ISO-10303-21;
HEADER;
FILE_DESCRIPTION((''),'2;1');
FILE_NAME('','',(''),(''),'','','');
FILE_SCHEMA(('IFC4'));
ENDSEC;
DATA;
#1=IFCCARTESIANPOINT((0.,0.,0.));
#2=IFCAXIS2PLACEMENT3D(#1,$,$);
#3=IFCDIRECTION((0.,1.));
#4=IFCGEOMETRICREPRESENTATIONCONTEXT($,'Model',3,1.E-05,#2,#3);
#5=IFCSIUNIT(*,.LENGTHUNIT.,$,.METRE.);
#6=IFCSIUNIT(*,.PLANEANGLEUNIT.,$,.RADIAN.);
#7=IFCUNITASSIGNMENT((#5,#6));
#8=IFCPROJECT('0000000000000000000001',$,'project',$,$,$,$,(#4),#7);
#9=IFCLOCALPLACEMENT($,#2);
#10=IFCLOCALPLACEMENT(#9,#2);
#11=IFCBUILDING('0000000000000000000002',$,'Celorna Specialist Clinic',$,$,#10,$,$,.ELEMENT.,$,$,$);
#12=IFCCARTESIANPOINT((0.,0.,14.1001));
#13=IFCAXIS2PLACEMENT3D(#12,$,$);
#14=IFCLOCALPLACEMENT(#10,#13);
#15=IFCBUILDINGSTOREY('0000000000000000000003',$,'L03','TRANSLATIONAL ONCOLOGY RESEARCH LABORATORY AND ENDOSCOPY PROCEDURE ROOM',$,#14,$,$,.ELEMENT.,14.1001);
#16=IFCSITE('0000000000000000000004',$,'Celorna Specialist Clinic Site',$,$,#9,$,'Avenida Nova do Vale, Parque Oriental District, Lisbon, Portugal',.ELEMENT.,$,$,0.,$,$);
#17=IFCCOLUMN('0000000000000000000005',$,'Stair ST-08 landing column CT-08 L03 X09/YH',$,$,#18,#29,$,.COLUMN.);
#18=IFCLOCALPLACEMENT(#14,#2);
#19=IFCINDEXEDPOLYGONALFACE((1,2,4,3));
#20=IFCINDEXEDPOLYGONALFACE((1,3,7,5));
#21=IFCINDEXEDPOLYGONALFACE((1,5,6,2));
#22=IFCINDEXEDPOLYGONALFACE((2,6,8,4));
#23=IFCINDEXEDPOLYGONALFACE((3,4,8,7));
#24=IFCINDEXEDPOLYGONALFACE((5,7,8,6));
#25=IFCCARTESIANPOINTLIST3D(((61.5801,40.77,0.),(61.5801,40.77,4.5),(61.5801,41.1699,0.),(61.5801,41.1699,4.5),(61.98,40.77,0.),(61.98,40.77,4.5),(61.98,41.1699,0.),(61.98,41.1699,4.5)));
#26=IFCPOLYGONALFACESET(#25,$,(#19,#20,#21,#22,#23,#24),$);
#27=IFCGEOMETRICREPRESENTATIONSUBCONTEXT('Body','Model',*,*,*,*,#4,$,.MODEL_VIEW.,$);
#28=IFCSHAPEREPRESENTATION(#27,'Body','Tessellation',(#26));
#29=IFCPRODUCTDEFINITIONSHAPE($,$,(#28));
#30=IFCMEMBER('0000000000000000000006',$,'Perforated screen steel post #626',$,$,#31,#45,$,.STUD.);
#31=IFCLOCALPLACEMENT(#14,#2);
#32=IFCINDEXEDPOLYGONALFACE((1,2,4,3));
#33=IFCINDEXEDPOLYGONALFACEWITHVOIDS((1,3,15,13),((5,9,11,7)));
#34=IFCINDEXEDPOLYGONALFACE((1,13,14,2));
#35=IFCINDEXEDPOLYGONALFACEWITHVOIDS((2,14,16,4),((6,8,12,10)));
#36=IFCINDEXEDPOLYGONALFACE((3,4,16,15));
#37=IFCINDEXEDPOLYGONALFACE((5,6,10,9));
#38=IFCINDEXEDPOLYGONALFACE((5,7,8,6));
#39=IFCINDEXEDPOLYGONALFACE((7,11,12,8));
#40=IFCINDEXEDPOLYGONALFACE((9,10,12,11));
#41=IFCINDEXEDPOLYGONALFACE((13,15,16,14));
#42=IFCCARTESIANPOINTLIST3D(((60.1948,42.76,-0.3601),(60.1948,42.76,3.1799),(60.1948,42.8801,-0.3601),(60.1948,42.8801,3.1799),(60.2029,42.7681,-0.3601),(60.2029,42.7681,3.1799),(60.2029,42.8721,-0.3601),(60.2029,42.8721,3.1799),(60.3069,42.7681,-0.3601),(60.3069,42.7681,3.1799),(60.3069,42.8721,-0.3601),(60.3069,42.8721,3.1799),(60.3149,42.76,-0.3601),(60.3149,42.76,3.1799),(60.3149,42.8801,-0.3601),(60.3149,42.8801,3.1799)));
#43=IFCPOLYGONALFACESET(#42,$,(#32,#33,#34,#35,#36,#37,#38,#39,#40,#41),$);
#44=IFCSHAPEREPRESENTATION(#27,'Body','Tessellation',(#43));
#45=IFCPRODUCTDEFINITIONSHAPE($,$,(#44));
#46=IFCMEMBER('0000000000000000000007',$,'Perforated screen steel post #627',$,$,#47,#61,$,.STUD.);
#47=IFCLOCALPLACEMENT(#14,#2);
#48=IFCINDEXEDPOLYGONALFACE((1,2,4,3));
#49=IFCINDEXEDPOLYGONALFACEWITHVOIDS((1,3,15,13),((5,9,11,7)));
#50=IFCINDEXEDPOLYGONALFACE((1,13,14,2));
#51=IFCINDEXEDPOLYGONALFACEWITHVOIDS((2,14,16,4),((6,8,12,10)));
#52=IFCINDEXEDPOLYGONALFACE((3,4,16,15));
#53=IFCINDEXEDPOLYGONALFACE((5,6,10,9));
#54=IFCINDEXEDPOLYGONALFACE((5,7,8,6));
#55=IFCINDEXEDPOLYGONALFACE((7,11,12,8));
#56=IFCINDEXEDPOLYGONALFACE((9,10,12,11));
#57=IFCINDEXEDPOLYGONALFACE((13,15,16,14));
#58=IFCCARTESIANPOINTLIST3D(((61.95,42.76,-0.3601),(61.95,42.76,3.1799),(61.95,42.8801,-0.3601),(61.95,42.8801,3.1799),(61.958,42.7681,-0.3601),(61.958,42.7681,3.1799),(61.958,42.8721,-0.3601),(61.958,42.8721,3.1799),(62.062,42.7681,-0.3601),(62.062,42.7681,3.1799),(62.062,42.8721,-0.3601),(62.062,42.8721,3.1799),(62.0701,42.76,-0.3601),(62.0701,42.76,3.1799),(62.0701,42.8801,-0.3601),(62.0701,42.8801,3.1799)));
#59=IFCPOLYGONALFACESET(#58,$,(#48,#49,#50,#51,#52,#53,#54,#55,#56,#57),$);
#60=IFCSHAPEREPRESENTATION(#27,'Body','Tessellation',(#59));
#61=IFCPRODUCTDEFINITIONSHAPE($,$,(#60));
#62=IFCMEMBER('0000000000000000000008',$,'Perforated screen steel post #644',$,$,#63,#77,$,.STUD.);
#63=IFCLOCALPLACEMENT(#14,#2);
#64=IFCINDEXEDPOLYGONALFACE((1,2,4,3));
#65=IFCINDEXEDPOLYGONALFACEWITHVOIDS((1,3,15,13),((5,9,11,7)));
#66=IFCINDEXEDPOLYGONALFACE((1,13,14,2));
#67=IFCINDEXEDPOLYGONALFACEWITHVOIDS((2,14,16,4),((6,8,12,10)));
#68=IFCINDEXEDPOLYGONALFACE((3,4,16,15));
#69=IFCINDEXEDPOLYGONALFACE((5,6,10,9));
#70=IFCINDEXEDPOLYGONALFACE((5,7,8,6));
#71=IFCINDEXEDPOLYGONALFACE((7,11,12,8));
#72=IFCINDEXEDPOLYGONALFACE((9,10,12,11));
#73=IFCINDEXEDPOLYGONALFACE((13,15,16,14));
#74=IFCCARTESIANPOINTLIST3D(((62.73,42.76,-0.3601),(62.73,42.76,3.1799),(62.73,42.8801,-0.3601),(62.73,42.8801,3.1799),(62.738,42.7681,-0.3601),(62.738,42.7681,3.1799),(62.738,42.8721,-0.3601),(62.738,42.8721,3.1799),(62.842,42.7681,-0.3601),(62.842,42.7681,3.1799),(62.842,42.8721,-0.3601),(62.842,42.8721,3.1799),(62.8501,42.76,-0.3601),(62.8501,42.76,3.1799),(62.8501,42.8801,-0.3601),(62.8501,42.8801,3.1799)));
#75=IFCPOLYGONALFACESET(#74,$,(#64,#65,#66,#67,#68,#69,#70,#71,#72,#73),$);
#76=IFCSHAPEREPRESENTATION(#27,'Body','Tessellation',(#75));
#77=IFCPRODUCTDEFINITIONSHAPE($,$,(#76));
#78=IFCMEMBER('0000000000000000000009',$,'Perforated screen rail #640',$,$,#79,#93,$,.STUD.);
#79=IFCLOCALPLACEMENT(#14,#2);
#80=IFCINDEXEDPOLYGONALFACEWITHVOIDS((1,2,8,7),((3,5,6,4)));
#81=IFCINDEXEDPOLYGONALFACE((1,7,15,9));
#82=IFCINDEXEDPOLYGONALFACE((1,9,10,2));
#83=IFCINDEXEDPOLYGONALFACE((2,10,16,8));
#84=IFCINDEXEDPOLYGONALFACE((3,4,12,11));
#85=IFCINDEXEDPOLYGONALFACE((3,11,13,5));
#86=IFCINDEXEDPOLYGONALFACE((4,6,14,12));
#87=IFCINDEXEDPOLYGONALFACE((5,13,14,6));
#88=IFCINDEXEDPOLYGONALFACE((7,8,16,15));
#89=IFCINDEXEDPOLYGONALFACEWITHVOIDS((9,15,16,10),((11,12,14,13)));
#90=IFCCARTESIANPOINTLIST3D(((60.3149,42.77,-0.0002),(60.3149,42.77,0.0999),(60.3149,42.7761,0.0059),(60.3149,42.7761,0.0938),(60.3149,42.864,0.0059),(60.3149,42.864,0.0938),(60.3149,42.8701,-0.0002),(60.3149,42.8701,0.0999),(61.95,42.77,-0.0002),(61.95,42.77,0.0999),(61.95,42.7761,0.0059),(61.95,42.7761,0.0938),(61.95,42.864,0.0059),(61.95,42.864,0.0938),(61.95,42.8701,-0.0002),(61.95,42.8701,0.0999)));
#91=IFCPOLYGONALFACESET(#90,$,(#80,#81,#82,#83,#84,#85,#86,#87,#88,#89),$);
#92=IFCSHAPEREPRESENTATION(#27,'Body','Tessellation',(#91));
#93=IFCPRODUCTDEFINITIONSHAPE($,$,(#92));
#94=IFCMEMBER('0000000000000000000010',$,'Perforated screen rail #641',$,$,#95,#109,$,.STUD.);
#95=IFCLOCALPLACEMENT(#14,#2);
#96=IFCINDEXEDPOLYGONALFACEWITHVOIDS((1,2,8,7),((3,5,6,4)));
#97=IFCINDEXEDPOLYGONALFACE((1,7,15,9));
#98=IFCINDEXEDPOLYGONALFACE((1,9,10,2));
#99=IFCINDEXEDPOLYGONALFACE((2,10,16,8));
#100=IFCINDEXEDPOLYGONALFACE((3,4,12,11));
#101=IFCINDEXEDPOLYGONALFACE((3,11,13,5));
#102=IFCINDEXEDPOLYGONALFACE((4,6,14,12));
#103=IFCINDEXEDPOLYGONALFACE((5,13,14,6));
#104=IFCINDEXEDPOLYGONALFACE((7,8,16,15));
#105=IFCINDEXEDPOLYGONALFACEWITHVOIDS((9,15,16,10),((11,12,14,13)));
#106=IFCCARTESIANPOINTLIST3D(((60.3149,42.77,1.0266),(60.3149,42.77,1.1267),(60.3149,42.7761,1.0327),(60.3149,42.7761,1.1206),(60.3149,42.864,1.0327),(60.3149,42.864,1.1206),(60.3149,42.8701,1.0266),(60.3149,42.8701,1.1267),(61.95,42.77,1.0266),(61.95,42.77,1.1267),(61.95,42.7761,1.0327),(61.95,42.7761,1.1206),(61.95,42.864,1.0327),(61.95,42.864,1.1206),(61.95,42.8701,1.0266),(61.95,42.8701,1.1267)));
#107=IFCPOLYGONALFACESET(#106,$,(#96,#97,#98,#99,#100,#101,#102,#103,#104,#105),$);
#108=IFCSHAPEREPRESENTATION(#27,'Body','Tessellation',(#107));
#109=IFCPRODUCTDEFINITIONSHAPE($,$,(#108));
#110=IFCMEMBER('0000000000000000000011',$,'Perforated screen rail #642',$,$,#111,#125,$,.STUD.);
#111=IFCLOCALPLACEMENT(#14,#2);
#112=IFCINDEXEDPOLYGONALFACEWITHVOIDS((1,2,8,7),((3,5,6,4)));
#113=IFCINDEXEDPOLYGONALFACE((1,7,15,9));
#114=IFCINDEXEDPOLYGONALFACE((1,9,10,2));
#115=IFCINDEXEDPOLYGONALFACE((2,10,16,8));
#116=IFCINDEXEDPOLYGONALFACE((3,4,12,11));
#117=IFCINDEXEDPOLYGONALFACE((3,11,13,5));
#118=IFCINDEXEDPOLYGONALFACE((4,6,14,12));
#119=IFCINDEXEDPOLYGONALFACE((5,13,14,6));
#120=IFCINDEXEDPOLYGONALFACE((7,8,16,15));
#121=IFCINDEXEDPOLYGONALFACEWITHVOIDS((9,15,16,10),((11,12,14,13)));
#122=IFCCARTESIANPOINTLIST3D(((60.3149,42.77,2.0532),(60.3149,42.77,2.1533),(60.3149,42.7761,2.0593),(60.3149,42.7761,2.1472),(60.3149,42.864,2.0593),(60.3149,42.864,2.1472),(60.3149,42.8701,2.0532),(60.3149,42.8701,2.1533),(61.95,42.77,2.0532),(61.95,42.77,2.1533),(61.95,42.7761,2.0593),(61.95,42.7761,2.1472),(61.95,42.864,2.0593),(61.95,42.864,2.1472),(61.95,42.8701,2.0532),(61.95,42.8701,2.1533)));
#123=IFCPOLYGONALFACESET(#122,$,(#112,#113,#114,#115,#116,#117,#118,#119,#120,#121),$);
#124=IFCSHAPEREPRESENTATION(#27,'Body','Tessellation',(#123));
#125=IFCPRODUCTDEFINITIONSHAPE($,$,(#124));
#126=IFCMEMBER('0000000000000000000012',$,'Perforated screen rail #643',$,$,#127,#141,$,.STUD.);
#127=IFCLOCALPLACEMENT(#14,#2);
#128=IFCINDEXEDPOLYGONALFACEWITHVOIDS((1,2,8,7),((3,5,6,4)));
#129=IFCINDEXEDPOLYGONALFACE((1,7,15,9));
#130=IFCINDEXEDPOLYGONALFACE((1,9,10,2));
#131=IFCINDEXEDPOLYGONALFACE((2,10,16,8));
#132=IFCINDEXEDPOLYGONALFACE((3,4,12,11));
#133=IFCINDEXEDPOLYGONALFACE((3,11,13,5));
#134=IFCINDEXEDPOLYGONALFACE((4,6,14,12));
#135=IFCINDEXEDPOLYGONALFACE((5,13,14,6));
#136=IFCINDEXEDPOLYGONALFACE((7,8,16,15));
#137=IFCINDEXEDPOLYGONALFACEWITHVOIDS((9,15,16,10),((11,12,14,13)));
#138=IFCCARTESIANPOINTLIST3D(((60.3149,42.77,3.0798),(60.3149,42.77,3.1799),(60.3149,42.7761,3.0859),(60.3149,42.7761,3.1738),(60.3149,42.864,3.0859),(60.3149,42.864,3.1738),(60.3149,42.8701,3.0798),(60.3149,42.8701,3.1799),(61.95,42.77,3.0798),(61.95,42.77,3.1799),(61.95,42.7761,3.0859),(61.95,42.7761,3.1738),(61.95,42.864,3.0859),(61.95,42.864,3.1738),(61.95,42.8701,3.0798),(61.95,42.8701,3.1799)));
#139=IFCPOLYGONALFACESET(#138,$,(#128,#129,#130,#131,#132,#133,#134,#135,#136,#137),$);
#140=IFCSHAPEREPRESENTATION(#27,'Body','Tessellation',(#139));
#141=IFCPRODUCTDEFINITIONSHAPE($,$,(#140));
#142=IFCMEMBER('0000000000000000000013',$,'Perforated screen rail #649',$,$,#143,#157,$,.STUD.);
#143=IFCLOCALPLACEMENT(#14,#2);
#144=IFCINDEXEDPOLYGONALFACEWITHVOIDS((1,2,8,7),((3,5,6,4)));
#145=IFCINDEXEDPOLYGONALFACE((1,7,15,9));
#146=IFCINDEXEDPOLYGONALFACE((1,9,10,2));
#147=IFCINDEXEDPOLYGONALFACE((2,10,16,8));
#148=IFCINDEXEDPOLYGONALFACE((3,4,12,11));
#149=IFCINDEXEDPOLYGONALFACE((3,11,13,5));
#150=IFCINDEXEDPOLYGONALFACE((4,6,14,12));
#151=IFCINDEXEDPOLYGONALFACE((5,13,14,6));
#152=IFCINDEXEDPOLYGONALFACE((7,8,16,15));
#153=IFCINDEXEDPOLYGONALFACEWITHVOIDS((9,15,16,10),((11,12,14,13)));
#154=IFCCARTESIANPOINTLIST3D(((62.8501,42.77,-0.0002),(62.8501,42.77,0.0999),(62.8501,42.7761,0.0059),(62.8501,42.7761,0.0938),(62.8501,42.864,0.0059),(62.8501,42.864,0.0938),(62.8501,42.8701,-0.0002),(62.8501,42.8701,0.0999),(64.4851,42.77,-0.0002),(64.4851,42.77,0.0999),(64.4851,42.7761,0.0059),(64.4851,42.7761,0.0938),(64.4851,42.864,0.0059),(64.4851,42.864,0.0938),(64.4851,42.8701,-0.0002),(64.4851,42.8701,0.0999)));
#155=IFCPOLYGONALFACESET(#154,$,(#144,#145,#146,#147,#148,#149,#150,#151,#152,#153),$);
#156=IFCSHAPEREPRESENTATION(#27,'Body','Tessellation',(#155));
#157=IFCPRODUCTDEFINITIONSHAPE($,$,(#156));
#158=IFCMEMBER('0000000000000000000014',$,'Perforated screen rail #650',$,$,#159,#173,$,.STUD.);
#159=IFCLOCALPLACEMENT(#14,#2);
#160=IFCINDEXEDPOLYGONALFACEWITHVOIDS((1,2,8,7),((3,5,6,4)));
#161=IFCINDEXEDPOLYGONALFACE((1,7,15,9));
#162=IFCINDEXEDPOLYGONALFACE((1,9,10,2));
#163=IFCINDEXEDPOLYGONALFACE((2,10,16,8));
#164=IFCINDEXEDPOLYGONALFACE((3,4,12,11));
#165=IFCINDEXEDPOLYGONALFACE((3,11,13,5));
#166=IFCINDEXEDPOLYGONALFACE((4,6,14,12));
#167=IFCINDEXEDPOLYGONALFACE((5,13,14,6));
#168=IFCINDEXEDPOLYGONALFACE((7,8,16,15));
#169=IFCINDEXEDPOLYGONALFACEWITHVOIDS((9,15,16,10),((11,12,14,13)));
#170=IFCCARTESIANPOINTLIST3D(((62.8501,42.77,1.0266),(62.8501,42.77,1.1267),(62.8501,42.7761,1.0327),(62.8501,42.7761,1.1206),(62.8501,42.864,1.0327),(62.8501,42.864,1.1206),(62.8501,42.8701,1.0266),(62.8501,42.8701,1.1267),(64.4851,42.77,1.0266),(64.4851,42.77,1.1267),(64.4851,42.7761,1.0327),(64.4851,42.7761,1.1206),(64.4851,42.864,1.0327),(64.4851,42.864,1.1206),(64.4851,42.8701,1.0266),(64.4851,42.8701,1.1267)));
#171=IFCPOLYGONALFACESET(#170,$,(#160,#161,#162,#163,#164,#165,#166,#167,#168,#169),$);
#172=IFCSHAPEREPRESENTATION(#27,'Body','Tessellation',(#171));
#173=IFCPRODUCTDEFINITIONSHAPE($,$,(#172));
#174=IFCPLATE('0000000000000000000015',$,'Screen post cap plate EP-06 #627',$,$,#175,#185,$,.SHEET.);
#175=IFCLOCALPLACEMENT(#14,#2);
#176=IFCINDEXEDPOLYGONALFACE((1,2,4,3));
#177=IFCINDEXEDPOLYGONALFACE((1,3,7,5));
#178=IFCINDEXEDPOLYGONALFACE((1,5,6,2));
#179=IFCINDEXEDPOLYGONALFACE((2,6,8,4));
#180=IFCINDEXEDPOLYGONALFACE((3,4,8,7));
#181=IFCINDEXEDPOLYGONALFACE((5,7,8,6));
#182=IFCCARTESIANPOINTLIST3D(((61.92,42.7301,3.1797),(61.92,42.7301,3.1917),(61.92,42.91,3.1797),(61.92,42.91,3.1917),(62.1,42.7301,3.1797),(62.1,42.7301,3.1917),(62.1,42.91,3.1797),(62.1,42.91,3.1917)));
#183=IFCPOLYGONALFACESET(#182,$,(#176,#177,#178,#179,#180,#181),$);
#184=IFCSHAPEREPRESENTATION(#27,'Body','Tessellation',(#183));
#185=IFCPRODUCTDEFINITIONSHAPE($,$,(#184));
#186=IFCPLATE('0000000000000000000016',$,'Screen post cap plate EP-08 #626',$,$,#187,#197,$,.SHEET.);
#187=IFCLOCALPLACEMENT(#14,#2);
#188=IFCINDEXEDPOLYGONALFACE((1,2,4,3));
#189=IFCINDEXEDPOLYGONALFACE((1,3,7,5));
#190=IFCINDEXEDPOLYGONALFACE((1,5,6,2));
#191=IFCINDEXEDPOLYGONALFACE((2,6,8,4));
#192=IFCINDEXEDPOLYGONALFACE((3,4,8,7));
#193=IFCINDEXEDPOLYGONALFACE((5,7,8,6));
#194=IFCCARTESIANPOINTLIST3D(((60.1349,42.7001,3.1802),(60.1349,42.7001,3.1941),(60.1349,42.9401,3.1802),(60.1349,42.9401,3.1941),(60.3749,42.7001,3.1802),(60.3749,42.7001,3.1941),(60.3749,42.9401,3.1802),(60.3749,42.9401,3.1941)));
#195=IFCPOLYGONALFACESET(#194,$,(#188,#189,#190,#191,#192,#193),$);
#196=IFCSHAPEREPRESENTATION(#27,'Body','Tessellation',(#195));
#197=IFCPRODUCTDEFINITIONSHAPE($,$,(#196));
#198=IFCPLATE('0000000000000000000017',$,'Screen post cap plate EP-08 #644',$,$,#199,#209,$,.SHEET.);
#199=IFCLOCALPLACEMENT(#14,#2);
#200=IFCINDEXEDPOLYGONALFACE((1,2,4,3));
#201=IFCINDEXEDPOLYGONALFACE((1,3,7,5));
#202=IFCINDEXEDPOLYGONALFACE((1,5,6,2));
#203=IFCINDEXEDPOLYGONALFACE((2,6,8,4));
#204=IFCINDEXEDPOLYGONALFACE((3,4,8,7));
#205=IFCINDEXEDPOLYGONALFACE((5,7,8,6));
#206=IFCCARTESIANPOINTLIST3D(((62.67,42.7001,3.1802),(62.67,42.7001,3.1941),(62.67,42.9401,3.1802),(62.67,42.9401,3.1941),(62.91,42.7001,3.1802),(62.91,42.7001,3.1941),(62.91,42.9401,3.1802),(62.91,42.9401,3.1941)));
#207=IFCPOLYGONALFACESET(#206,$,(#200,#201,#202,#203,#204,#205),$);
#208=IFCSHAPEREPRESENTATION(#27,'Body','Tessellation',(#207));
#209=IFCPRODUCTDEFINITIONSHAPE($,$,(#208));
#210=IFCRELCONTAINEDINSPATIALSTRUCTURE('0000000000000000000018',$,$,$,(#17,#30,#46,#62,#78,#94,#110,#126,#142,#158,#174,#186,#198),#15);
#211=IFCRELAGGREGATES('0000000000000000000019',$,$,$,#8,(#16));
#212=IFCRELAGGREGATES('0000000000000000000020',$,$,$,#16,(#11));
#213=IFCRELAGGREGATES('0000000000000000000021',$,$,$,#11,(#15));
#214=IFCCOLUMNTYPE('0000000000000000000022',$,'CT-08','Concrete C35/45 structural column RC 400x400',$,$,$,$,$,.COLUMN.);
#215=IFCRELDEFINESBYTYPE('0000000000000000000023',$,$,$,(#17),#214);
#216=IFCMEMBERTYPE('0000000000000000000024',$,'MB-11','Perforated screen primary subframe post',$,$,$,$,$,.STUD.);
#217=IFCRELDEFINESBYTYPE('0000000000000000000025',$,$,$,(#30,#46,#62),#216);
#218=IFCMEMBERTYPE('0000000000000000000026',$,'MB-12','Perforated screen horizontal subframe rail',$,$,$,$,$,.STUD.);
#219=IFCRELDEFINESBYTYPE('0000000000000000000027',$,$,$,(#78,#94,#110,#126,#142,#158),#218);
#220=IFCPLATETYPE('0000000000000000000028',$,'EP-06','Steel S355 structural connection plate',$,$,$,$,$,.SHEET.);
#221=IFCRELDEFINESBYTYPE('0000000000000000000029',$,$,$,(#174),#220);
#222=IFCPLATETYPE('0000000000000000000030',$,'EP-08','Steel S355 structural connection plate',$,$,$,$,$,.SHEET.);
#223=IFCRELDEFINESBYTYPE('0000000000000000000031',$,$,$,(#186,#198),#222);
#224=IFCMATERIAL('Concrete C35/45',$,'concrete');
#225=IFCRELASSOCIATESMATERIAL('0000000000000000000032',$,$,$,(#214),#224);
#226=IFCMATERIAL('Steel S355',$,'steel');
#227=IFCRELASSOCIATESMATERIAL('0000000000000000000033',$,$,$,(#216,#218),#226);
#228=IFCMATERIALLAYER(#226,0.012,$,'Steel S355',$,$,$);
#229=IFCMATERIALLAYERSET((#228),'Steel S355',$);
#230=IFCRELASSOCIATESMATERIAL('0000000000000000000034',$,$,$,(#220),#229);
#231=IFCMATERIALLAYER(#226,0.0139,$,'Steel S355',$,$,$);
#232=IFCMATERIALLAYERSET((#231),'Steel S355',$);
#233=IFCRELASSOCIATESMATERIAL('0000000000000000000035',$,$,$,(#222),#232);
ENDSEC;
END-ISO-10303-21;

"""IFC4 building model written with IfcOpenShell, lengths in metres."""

from ifc_helpers import new_model, si_unit, direction, frame, origin, origin_2d, place, context, subcontext, project, spatial, rectangle, hollow_rectangle, extrude, material, layer, layer_set, material_profile, profile_set, type_object, element, save


model = new_model("IFC4")

# Units and contexts
model_context = context("Model", 3, precision=1e-05, world=origin(), true_north=direction((0.0, 1.0)))
body_context = subcontext(model_context, "Body", "Model", "MODEL_VIEW")
ifc_project = project(units=[si_unit("LENGTHUNIT", "METRE"), si_unit("PLANEANGLEUNIT", "RADIAN")], contexts=[model_context])

# Site, building, storey
site_placement = place(None, origin())
site = spatial("IfcSite", under=ifc_project, at=site_placement, Name="Celorna Specialist Clinic Site", LongName="Avenida Nova do Vale, Parque Oriental District, Lisbon, Portugal", CompositionType="ELEMENT", RefElevation=0.0)
building_placement = place(site_placement, origin())
building = spatial("IfcBuilding", under=site, at=building_placement, Name="Celorna Specialist Clinic", CompositionType="ELEMENT")
storey_placement = place(building_placement, frame((0.0, 0.0, 14.1001)))
storey = spatial("IfcBuildingStorey", under=building, at=storey_placement, Name="L03", Description="TRANSLATIONAL ONCOLOGY RESEARCH LABORATORY AND ENDOSCOPY PROCEDURE ROOM", CompositionType="ELEMENT", Elevation=14.1001)

# Column
ifc_material_1 = material(Name="Concrete C35/45", Category="concrete")
ifc_material_profile_1 = material_profile(ifc_material_1, rectangle(XDim=0.3999, YDim=0.3999, at=origin_2d()), Name="RC 400x400")
ifc_profile_set_1 = profile_set([ifc_material_profile_1], Name="Concrete C35/45")
column_type = type_object("IfcColumnType", Name="CT-08", Description="Concrete C35/45 structural column RC 400x400", PredefinedType="COLUMN", material=ifc_profile_set_1)
column_placement = place(storey_placement, frame((61.78, 40.97, 0.0), z_axis=(0.0, 0.0, 1.0), x_axis=(1.0, 0.0, 0.0)))
element("IfcColumn", 1, at=column_placement, inside=storey, type_object=column_type, Name="Stair ST-08 landing column CT-08 L03 X09/YH", PredefinedType="COLUMN", context=body_context, shape_type="SweptSolid", body=[
    extrude(rectangle(XDim=0.3999, YDim=0.3999, at=origin_2d()), origin(), (0.0, 0.0, 1.0), 4.5),
])

# Members
ifc_material_2 = material(Name="Steel S355", Category="steel")
ifc_material_profile_2 = material_profile(ifc_material_2, hollow_rectangle(XDim=0.1201, YDim=0.1201, WallThickness=0.0081, at=origin_2d()), Name="SHS 120x120x8")
ifc_profile_set_2 = profile_set([ifc_material_profile_2], Name="Steel S355")
member_type_1 = type_object("IfcMemberType", Name="MB-11", Description="Perforated screen primary subframe post", PredefinedType="STUD", material=ifc_profile_set_2)
for number, where, z_axis, x_axis, name in (
    (2, (60.2549, 42.8201, -0.3601), (0.0, 0.0, 1.0), (1.0, 0.0, 0.0), "Perforated screen steel post #626"),
    (3, (62.01, 42.8201, -0.3601), (0.0, 0.0, 1.0), (1.0, 0.0, 0.0), "Perforated screen steel post #627"),
    (4, (62.79, 42.8201, -0.3601), (0.0, 0.0, 1.0), (1.0, 0.0, 0.0), "Perforated screen steel post #644"),
):
    element("IfcMember", number, at=place(storey_placement, frame(where, z_axis=z_axis, x_axis=x_axis)), inside=storey, type_object=member_type_1, Name=name, PredefinedType="STUD", context=body_context, shape_type="SweptSolid", body=[
        extrude(hollow_rectangle(XDim=0.1201, YDim=0.1201, WallThickness=0.0081, at=origin_2d()), origin(), (0.0, 0.0, 1.0), 3.54),
    ])
ifc_material_profile_3 = material_profile(ifc_material_2, hollow_rectangle(XDim=0.1001, YDim=0.1001, WallThickness=0.0061, at=origin_2d()), Name="SHS 100x100x6")
ifc_profile_set_3 = profile_set([ifc_material_profile_3], Name="Steel S355")
member_type_2 = type_object("IfcMemberType", Name="MB-12", Description="Perforated screen horizontal subframe rail", PredefinedType="STUD", material=ifc_profile_set_3)
for number, where, z_axis, x_axis, name in (
    (5, (60.3149, 42.8201, 0.0498), (1.0, 0.0, 0.0), (0.0, 1.0, 0.0), "Perforated screen rail #640"),
    (6, (60.3149, 42.8201, 1.0767), (1.0, 0.0, 0.0), (0.0, 1.0, 0.0), "Perforated screen rail #641"),
    (7, (60.3149, 42.8201, 2.1033), (1.0, 0.0, 0.0), (0.0, 1.0, 0.0), "Perforated screen rail #642"),
    (8, (60.3149, 42.8201, 3.1299), (1.0, 0.0, 0.0), (0.0, 1.0, 0.0), "Perforated screen rail #643"),
    (9, (62.8501, 42.8201, 0.0498), (1.0, 0.0, 0.0), (0.0, 1.0, 0.0), "Perforated screen rail #649"),
    (10, (62.8501, 42.8201, 1.0767), (1.0, 0.0, 0.0), (0.0, 1.0, 0.0), "Perforated screen rail #650"),
):
    element("IfcMember", number, at=place(storey_placement, frame(where, z_axis=z_axis, x_axis=x_axis)), inside=storey, type_object=member_type_2, Name=name, PredefinedType="STUD", context=body_context, shape_type="SweptSolid", body=[
        extrude(hollow_rectangle(XDim=0.1001, YDim=0.1001, WallThickness=0.0061, at=origin_2d()), origin(), (0.0, 0.0, 1.0), 1.635),
    ])

# Plates
ifc_layer_1 = layer(ifc_material_2, 0.012, Name="Steel S355")
ifc_layer_set_1 = layer_set([ifc_layer_1], Name="Steel S355")
plate_type_1 = type_object("IfcPlateType", Name="EP-06", Description="Steel S355 structural connection plate", PredefinedType="SHEET", material=ifc_layer_set_1)
plate_placement = place(storey_placement, frame((62.01, 42.8201, 3.1797), z_axis=(0.0, 0.0, 1.0), x_axis=(1.0, 0.0, 0.0)))
element("IfcPlate", 11, at=plate_placement, inside=storey, type_object=plate_type_1, Name="Screen post cap plate EP-06 #627", PredefinedType="SHEET", context=body_context, shape_type="SweptSolid", body=[
    extrude(rectangle(XDim=0.1799, YDim=0.1799, at=origin_2d()), origin(), (0.0, 0.0, 1.0), 0.012),
])
ifc_layer_2 = layer(ifc_material_2, 0.0139, Name="Steel S355")
ifc_layer_set_2 = layer_set([ifc_layer_2], Name="Steel S355")
plate_type_2 = type_object("IfcPlateType", Name="EP-08", Description="Steel S355 structural connection plate", PredefinedType="SHEET", material=ifc_layer_set_2)
for number, where, z_axis, x_axis, name in (
    (12, (60.2549, 42.8201, 3.1802), (0.0, 0.0, 1.0), (1.0, 0.0, 0.0), "Screen post cap plate EP-08 #626"),
    (13, (62.79, 42.8201, 3.1802), (0.0, 0.0, 1.0), (1.0, 0.0, 0.0), "Screen post cap plate EP-08 #644"),
):
    element("IfcPlate", number, at=place(storey_placement, frame(where, z_axis=z_axis, x_axis=x_axis)), inside=storey, type_object=plate_type_2, Name=name, PredefinedType="SHEET", context=body_context, shape_type="SweptSolid", body=[
        extrude(rectangle(XDim=0.24, YDim=0.24, at=origin_2d()), origin(), (0.0, 0.0, 1.0), 0.0139),
    ])

save(model, "model.ifc")
